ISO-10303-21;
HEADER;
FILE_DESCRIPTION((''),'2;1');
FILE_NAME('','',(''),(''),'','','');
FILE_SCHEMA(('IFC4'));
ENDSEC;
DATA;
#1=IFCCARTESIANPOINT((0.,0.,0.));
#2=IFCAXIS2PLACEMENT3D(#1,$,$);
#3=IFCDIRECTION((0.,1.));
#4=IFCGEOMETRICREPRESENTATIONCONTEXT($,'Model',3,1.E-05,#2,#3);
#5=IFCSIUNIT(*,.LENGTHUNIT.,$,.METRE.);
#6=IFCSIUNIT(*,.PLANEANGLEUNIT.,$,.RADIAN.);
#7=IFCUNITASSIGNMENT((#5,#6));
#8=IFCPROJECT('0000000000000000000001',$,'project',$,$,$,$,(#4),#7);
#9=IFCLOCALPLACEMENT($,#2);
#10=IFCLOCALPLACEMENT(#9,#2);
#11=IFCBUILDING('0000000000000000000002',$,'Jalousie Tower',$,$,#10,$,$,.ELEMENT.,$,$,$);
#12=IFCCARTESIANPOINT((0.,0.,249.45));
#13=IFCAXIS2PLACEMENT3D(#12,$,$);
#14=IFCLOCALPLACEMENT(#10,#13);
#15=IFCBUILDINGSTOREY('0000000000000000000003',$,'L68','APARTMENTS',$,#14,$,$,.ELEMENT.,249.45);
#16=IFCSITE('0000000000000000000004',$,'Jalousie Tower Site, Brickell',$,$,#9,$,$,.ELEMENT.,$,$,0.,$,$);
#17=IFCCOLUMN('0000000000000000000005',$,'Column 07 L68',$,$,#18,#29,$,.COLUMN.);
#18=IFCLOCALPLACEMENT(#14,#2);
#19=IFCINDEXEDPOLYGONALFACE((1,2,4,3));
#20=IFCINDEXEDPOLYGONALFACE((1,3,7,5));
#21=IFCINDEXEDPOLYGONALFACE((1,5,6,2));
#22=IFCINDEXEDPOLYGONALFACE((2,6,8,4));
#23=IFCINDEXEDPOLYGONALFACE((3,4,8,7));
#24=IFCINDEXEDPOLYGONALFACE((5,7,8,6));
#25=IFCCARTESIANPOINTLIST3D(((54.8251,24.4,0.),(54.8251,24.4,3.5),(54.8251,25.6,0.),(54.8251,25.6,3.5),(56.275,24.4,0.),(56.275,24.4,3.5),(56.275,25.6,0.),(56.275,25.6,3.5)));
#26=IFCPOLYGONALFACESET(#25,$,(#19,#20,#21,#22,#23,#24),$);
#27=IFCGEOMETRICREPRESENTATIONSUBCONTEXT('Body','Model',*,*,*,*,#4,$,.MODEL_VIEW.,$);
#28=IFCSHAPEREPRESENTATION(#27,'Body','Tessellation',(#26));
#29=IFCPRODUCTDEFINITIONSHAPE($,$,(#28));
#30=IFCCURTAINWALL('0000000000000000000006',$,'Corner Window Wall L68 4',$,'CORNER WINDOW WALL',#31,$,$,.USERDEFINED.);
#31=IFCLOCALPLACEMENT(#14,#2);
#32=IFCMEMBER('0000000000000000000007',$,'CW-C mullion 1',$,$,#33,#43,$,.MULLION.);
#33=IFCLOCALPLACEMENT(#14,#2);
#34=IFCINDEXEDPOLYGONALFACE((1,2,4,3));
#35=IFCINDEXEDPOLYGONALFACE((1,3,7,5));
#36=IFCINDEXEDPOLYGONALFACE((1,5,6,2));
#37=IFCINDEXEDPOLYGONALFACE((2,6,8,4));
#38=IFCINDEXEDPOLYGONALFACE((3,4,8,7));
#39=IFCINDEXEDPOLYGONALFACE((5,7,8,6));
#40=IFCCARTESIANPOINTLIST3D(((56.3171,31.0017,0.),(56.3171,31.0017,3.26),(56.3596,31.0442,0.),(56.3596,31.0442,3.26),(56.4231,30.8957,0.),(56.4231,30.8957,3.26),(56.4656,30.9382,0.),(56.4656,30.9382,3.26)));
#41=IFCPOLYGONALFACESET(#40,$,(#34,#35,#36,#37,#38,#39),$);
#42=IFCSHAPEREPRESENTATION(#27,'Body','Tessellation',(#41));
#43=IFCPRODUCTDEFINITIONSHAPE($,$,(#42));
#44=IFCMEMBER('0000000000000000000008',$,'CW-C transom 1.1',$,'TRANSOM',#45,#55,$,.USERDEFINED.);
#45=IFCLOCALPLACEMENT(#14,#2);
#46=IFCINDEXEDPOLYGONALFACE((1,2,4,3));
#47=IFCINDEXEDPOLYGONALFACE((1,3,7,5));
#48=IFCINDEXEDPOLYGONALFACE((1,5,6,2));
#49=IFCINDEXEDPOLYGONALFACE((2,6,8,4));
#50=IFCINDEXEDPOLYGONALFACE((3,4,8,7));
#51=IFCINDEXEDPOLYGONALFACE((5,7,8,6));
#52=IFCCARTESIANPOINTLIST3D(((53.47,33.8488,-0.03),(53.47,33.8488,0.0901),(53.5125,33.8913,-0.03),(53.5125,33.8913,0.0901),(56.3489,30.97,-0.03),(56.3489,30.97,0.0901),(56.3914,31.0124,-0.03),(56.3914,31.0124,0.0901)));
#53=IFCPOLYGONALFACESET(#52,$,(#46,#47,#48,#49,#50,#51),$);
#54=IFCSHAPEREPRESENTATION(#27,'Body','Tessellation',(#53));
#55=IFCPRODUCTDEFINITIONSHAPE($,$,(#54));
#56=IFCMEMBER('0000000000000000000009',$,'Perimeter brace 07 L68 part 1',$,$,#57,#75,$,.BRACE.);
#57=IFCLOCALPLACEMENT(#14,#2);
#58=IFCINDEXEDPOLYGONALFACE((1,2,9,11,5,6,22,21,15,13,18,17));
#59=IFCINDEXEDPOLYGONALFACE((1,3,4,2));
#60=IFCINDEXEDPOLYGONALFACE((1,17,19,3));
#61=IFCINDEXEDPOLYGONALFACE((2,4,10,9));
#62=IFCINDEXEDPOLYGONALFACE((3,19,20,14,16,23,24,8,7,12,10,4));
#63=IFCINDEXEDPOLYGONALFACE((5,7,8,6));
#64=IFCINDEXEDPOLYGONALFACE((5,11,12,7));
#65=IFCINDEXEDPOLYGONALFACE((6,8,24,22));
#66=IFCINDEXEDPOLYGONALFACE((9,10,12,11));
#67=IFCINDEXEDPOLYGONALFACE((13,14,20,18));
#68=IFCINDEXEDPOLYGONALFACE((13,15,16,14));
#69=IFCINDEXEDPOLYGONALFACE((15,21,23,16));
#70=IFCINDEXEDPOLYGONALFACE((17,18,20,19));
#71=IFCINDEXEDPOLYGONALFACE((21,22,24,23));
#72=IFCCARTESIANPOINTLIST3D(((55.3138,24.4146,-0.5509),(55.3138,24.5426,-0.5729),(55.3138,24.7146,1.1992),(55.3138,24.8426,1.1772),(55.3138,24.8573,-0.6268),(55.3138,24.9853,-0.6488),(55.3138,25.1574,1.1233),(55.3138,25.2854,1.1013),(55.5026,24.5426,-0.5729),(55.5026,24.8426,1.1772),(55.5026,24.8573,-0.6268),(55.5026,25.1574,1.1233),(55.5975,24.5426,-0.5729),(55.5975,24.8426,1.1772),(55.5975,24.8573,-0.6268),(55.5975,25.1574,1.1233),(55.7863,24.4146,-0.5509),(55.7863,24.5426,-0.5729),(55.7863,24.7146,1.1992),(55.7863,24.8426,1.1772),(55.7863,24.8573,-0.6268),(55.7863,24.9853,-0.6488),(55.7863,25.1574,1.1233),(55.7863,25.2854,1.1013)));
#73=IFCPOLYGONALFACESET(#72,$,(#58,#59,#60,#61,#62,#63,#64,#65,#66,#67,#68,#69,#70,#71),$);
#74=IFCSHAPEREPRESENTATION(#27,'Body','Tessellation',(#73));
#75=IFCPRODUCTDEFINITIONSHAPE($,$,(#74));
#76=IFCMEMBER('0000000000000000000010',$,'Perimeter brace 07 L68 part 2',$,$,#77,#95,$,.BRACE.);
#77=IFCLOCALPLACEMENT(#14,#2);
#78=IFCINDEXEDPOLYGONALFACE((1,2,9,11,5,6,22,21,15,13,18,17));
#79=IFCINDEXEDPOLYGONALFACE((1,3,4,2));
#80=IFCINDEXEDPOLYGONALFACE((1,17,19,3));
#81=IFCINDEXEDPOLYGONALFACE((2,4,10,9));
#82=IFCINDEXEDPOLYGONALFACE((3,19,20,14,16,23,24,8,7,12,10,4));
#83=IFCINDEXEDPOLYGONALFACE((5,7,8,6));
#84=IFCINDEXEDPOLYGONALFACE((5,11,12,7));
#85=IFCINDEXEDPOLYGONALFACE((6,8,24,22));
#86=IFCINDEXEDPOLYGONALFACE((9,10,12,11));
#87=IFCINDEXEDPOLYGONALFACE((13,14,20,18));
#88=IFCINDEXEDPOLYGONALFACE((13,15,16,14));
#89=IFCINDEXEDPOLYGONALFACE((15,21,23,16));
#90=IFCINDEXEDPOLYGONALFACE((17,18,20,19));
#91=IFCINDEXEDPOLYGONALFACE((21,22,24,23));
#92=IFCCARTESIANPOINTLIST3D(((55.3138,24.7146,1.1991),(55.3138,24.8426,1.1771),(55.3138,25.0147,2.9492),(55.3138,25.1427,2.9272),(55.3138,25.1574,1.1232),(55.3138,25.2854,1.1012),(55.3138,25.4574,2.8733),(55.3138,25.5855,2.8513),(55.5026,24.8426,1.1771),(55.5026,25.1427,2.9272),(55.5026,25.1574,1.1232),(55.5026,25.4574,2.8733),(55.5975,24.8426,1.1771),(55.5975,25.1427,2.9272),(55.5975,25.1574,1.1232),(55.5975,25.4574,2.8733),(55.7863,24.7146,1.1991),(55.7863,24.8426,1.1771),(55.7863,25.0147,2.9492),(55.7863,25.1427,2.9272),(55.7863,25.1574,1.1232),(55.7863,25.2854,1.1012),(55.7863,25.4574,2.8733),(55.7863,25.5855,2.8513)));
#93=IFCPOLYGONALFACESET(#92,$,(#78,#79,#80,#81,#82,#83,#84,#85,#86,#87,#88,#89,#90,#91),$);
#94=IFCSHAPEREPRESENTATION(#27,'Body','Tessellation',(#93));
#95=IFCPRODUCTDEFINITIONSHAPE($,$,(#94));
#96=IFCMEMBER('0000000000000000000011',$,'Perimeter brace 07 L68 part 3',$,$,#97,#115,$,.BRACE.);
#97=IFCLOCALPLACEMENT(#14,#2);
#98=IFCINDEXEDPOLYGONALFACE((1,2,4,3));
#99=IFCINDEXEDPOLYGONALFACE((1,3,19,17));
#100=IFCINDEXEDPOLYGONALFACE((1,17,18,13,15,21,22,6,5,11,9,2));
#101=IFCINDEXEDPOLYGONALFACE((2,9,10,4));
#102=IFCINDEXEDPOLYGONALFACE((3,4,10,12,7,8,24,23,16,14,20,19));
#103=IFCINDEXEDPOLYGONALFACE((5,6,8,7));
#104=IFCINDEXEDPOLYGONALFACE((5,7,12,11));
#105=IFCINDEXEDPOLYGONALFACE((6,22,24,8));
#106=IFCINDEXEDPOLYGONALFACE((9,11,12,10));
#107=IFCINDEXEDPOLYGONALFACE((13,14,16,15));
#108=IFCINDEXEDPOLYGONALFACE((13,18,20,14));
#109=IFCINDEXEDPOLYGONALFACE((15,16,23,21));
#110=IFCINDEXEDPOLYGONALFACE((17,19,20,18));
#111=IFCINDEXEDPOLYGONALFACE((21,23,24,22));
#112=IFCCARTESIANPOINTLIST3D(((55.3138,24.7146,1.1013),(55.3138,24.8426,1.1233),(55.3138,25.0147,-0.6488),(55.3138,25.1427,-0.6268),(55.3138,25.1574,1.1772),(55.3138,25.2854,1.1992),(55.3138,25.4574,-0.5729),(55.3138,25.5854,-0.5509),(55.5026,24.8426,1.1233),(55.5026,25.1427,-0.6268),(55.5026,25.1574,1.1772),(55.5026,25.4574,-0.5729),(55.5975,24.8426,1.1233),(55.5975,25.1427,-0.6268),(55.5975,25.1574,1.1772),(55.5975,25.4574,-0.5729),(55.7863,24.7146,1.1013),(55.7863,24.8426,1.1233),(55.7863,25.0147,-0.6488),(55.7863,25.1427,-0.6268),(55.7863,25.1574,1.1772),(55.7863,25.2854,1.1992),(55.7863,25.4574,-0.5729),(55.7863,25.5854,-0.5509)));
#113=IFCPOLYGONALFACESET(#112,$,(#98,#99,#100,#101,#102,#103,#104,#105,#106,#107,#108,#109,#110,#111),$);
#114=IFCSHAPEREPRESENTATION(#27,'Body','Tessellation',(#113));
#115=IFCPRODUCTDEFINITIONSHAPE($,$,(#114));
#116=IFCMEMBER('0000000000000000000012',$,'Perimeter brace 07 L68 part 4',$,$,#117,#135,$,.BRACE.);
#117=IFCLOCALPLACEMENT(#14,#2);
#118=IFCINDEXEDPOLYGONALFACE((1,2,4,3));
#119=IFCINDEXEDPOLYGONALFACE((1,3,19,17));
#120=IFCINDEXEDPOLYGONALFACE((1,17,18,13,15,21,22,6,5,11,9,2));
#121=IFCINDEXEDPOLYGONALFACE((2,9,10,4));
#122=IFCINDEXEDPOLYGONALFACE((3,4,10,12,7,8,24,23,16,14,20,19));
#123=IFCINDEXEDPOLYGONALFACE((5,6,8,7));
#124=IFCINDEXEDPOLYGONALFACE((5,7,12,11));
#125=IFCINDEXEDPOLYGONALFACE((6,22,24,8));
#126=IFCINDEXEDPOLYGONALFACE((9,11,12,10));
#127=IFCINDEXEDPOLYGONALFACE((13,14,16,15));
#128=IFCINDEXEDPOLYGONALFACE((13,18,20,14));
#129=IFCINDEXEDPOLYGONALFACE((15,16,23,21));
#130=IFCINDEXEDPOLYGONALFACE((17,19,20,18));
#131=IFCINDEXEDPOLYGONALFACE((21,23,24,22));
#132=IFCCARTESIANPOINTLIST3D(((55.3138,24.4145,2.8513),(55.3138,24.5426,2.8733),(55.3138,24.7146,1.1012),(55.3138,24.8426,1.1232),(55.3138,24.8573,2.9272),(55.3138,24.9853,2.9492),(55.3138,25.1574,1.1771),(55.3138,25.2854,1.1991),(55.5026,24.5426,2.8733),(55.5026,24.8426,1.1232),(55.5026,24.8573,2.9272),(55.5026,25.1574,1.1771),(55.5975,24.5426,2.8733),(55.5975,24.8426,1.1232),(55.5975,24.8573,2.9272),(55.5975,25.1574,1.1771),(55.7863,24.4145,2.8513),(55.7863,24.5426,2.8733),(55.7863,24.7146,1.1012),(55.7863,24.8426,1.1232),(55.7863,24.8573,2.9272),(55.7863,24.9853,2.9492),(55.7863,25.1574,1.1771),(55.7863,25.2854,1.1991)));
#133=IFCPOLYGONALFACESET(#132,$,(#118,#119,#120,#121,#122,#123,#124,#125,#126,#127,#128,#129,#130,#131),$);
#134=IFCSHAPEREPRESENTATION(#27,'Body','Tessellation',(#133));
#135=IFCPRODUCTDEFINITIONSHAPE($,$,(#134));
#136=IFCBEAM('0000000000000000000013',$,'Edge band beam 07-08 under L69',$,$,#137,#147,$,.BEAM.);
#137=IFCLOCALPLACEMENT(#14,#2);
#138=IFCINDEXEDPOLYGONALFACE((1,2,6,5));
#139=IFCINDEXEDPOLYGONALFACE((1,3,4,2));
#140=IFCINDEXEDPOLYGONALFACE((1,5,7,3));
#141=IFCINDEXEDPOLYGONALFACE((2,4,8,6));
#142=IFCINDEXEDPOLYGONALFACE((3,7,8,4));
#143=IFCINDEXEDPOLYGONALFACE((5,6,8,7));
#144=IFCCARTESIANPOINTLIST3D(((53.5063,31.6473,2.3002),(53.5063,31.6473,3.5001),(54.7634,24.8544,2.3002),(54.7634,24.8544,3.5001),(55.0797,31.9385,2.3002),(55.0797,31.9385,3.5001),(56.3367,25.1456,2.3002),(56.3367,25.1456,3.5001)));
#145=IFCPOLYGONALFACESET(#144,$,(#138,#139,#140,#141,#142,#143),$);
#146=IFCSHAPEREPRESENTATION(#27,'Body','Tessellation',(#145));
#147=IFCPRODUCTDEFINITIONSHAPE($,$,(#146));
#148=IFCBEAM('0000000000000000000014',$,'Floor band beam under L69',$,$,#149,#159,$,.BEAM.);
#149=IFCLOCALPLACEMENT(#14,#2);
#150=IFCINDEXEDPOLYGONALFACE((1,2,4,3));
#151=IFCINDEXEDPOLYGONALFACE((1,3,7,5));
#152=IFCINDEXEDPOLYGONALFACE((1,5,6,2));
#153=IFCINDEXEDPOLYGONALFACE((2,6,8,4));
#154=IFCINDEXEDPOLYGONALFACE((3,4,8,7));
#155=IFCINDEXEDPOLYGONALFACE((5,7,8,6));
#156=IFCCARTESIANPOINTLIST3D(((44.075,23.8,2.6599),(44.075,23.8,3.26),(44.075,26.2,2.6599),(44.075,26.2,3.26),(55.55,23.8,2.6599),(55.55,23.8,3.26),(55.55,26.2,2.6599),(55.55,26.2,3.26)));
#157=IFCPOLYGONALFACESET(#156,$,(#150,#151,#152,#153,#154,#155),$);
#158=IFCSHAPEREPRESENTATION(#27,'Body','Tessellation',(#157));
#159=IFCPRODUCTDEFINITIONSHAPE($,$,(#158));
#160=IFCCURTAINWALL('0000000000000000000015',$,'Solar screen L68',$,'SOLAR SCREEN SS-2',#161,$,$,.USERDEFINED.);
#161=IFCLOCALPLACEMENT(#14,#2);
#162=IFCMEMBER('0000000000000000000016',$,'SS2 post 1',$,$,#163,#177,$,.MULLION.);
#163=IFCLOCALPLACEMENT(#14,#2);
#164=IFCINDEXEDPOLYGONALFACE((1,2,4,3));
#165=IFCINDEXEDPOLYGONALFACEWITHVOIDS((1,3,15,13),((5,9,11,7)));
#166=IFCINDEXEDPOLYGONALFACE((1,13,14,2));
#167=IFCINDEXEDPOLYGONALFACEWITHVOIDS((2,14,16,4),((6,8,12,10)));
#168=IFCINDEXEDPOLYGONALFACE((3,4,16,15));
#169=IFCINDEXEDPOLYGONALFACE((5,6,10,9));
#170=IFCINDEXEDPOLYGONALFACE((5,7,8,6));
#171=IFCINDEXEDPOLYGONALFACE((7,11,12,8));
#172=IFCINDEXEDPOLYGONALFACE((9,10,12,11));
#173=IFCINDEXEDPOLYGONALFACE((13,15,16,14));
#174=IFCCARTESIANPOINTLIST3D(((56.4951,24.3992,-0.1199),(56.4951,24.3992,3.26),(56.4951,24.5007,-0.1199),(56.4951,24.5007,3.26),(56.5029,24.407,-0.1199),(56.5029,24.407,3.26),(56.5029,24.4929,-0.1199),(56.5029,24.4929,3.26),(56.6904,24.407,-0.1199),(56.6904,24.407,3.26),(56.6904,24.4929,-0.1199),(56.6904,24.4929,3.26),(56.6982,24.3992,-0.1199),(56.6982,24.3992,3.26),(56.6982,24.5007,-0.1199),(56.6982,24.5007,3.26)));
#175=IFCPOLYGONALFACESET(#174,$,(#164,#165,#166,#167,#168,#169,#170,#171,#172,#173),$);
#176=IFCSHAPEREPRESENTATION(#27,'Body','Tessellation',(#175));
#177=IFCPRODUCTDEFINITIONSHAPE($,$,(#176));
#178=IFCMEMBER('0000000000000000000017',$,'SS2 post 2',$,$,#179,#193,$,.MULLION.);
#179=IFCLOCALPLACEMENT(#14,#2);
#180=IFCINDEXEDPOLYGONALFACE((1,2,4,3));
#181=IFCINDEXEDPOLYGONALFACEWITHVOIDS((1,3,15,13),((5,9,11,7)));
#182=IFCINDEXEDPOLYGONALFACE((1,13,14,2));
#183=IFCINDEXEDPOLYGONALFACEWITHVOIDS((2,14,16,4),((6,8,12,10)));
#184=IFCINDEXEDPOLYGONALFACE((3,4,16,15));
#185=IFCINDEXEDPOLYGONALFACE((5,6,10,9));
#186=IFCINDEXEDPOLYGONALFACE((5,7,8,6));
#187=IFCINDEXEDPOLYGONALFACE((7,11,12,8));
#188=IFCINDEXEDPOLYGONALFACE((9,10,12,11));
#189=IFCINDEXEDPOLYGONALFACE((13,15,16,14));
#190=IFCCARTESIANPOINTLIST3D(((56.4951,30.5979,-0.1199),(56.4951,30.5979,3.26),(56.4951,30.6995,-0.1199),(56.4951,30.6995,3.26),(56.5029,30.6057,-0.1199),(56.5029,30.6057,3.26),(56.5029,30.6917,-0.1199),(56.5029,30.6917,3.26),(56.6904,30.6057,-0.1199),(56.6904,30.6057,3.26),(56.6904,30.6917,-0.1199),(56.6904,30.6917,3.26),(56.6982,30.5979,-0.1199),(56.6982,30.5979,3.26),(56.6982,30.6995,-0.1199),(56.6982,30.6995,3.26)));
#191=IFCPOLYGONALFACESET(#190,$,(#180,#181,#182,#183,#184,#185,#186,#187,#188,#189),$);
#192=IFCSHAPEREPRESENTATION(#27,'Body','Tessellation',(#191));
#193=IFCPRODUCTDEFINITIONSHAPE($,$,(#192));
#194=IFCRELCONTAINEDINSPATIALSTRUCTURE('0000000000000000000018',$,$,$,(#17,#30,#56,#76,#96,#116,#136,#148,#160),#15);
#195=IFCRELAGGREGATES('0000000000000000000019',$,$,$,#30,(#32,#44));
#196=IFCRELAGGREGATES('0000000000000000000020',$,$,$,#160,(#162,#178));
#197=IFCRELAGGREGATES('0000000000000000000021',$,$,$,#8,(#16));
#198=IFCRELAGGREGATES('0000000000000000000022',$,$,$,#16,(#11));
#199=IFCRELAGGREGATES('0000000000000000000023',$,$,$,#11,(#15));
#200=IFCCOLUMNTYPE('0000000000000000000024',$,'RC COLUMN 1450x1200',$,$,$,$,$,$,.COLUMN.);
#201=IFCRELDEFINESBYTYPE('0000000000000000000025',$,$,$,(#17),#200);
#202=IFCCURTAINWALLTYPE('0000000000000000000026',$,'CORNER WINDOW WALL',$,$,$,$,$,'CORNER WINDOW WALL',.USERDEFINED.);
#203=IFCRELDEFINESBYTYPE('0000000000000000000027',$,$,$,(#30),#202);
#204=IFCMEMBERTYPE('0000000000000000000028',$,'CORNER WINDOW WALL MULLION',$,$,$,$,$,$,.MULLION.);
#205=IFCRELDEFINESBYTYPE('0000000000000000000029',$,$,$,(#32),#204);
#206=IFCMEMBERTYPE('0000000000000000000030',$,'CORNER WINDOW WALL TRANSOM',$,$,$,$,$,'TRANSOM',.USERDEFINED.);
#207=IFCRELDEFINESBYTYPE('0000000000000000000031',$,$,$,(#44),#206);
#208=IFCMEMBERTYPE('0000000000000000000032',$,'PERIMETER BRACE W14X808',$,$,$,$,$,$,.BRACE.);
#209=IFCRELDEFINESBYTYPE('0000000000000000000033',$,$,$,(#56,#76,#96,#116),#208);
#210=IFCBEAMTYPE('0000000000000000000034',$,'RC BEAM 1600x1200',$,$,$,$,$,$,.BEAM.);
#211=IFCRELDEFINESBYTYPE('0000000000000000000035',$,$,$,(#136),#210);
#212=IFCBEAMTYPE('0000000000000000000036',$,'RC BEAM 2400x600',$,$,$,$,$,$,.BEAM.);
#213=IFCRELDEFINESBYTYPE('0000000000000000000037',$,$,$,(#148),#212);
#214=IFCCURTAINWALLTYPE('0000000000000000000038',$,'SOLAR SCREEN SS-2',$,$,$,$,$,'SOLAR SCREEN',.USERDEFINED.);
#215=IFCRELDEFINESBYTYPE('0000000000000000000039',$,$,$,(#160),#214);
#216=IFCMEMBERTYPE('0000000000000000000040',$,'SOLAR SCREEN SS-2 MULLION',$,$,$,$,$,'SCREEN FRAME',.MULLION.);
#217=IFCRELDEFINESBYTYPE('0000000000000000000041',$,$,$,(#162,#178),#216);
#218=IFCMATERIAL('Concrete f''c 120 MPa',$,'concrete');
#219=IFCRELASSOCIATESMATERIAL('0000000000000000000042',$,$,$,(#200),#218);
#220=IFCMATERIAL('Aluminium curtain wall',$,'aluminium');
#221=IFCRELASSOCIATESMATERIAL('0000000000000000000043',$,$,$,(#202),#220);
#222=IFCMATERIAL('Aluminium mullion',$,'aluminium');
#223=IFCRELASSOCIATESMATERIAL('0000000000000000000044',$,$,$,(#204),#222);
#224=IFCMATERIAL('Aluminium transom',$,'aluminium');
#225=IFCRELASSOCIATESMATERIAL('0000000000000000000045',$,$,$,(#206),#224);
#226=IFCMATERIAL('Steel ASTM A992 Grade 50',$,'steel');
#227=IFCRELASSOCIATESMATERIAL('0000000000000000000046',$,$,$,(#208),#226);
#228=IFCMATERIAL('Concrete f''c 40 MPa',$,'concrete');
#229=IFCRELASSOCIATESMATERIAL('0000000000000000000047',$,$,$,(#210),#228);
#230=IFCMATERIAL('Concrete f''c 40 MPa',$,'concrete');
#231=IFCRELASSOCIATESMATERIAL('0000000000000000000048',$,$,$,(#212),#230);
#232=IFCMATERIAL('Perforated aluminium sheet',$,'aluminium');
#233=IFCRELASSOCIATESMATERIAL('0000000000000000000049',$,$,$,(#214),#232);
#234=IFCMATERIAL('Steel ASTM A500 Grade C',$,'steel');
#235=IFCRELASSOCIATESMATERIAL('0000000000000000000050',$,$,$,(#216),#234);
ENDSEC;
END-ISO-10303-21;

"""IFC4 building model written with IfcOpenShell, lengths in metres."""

from ifc_helpers import new_model, si_unit, direction, frame, origin, origin_2d, place, context, subcontext, project, spatial, rectangle, hollow_rectangle, i_section, extrude, material, material_profile, profile_set, type_object, element, aggregate, save


model = new_model("IFC4")

# Units and contexts
model_context = context("Model", 3, precision=1e-05, world=origin(), true_north=direction((0.0, 1.0)))
body_context = subcontext(model_context, "Body", "Model", "MODEL_VIEW")
ifc_project = project(units=[si_unit("LENGTHUNIT", "METRE"), si_unit("PLANEANGLEUNIT", "RADIAN")], contexts=[model_context])

# Site, building, storey
site_placement = place(None, origin())
site = spatial("IfcSite", under=ifc_project, at=site_placement, Name="Jalousie Tower Site, Brickell", CompositionType="ELEMENT", RefElevation=0.0)
building_placement = place(site_placement, origin())
building = spatial("IfcBuilding", under=site, at=building_placement, Name="Jalousie Tower", CompositionType="ELEMENT")
storey_placement = place(building_placement, frame((0.0, 0.0, 249.45)))
storey = spatial("IfcBuildingStorey", under=building, at=storey_placement, Name="L68", Description="APARTMENTS", CompositionType="ELEMENT", Elevation=249.45)

# Column
ifc_material_1 = material(Name="Concrete f'c 120 MPa", Category="concrete")
ifc_material_profile_1 = material_profile(ifc_material_1, rectangle(XDim=1.45, YDim=1.2, at=origin_2d()), Name="RC 1450x1200")
ifc_profile_set_1 = profile_set([ifc_material_profile_1], Name="Concrete f'c 120 MPa")
column_type = type_object("IfcColumnType", Name="RC COLUMN 1450x1200", PredefinedType="COLUMN", material=ifc_profile_set_1)
column_placement = place(storey_placement, frame((55.55, 25.0, 0.0), z_axis=(0.0, 0.0, 1.0), x_axis=(1.0, 0.0, 0.0)))
element("IfcColumn", 1, at=column_placement, inside=storey, type_object=column_type, Name="Column 07 L68", PredefinedType="COLUMN", context=body_context, shape_type="SweptSolid", body=[
    extrude(rectangle(XDim=1.45, YDim=1.2, at=origin_2d()), origin(), (0.0, 0.0, 1.0), 3.5),
])

# Curtain wall, members
ifc_material_2 = material(Name="Aluminium curtain wall", Category="aluminium")
curtain_wall_type_1 = type_object("IfcCurtainWallType", Name="CORNER WINDOW WALL", ElementType="CORNER WINDOW WALL", PredefinedType="USERDEFINED", material=ifc_material_2)
curtain_wall_1_placement = place(storey_placement, origin())
curtain_wall_1 = element("IfcCurtainWall", 2, at=curtain_wall_1_placement, inside=storey, type_object=curtain_wall_type_1, Name="Corner Window Wall L68 4", ObjectType="CORNER WINDOW WALL", PredefinedType="USERDEFINED")
ifc_material_3 = material(Name="Aluminium mullion", Category="aluminium")
ifc_material_profile_2 = material_profile(ifc_material_3, rectangle(XDim=0.0601, YDim=0.1499, at=origin_2d()), Name="MULLION 60x150")
ifc_profile_set_2 = profile_set([ifc_material_profile_2], Name="Aluminium mullion")
member_type_1 = type_object("IfcMemberType", Name="CORNER WINDOW WALL MULLION", PredefinedType="MULLION", material=ifc_profile_set_2)
member_1_placement = place(storey_placement, frame((56.3914, 30.97, 0.0), z_axis=(0.0, 0.0, 1.0), x_axis=(-0.707107, -0.707107, 0.0)))
member_1 = element("IfcMember", 3, at=member_1_placement, type_object=member_type_1, Name="CW-C mullion 1", PredefinedType="MULLION", context=body_context, shape_type="SweptSolid", body=[
    extrude(rectangle(XDim=0.0601, YDim=0.1499, at=origin_2d()), origin(), (0.0, 0.0, 1.0), 3.26),
])
ifc_material_4 = material(Name="Aluminium transom", Category="aluminium")
ifc_material_profile_3 = material_profile(ifc_material_4, rectangle(XDim=0.0601, YDim=0.1201, at=origin_2d()), Name="TRANSOM 60x120")
ifc_profile_set_3 = profile_set([ifc_material_profile_3], Name="Aluminium transom")
member_type_2 = type_object("IfcMemberType", Name="CORNER WINDOW WALL TRANSOM", ElementType="TRANSOM", PredefinedType="USERDEFINED", material=ifc_profile_set_3)
member_2_placement = place(storey_placement, frame((56.3701, 30.9912, 0.03), z_axis=(-0.707107, 0.707107, 0.0), x_axis=(-0.707107, -0.707107, 0.0)))
member_2 = element("IfcMember", 4, at=member_2_placement, type_object=member_type_2, Name="CW-C transom 1.1", ObjectType="TRANSOM", PredefinedType="USERDEFINED", context=body_context, shape_type="SweptSolid", body=[
    extrude(rectangle(XDim=0.0601, YDim=0.1201, at=origin_2d()), origin(), (0.0, 0.0, 1.0), 4.0713),
])
aggregate(curtain_wall_1, [member_1, member_2])

# Members
ifc_material_5 = material(Name="Steel ASTM A992 Grade 50", Category="steel")
ifc_material_profile_4 = material_profile(ifc_material_5, i_section(OverallWidth=0.4724, OverallDepth=0.5791, WebThickness=0.095, FlangeThickness=0.1299, at=origin_2d()), Name="W14X808")
ifc_profile_set_4 = profile_set([ifc_material_profile_4], Name="Steel ASTM A992 Grade 50")
member_type_3 = type_object("IfcMemberType", Name="PERIMETER BRACE W14X808", PredefinedType="BRACE", material=ifc_profile_set_4)
for number, where, z_axis, x_axis, name in (
    (5, (55.55, 24.7, -0.5999), (0.0, 0.168991, 0.985618), (-1.0, 0.0, 0.0), "Perimeter brace 07 L68 part 1"),
    (6, (55.55, 25.0, 1.1501), (0.0, 0.168991, 0.985618), (-1.0, 0.0, 0.0), "Perimeter brace 07 L68 part 2"),
    (7, (55.55, 25.3, -0.5999), (0.0, -0.168991, 0.985618), (1.0, 0.0, 0.0), "Perimeter brace 07 L68 part 3"),
    (8, (55.55, 25.0, 1.1501), (0.0, -0.168991, 0.985618), (1.0, 0.0, 0.0), "Perimeter brace 07 L68 part 4"),
):
    element("IfcMember", number, at=place(storey_placement, frame(where, z_axis=z_axis, x_axis=x_axis)), inside=storey, type_object=member_type_3, Name=name, PredefinedType="BRACE", context=body_context, shape_type="SweptSolid", body=[
        extrude(i_section(OverallWidth=0.4724, OverallDepth=0.5791, WebThickness=0.095, FlangeThickness=0.1299, at=origin_2d()), origin(), (0.0, 0.0, 1.0), 1.7756),
    ])

# Beams
ifc_material_6 = material(Name="Concrete f'c 40 MPa", Category="concrete")
ifc_material_profile_5 = material_profile(ifc_material_6, rectangle(XDim=1.6001, YDim=1.2, at=origin_2d()), Name="RC 1600x1200")
ifc_profile_set_5 = profile_set([ifc_material_profile_5], Name="Concrete f'c 40 MPa")
beam_type_1 = type_object("IfcBeamType", Name="RC BEAM 1600x1200", PredefinedType="BEAM", material=ifc_profile_set_5)
beam_1_placement = place(storey_placement, frame((55.55, 25.0, 2.9001), z_axis=(-0.181967, 0.983305, 0.0), x_axis=(-0.983305, -0.181967, 0.0)))
element("IfcBeam", 9, at=beam_1_placement, inside=storey, type_object=beam_type_1, Name="Edge band beam 07-08 under L69", PredefinedType="BEAM", context=body_context, shape_type="SweptSolid", body=[
    extrude(rectangle(XDim=1.6001, YDim=1.2, at=origin_2d()), origin(), (0.0, 0.0, 1.0), 6.9082),
])
ifc_material_7 = material(Name="Concrete f'c 40 MPa", Category="concrete")
ifc_material_profile_6 = material_profile(ifc_material_7, rectangle(XDim=2.3999, YDim=0.6001, at=origin_2d()), Name="RC 2400x600")
ifc_profile_set_6 = profile_set([ifc_material_profile_6], Name="Concrete f'c 40 MPa")
beam_type_2 = type_object("IfcBeamType", Name="RC BEAM 2400x600", PredefinedType="BEAM", material=ifc_profile_set_6)
beam_2_placement = place(storey_placement, frame((55.55, 25.0, 2.96), z_axis=(-1.0, 0.0, 0.0), x_axis=(0.0, -1.0, 0.0)))
element("IfcBeam", 10, at=beam_2_placement, inside=storey, type_object=beam_type_2, Name="Floor band beam under L69", PredefinedType="BEAM", context=body_context, shape_type="SweptSolid", body=[
    extrude(rectangle(XDim=2.3999, YDim=0.6001, at=origin_2d()), origin(), (0.0, 0.0, 1.0), 11.4751),
])

# Curtain wall, members
ifc_material_8 = material(Name="Perforated aluminium sheet", Category="aluminium")
curtain_wall_type_2 = type_object("IfcCurtainWallType", Name="SOLAR SCREEN SS-2", ElementType="SOLAR SCREEN", PredefinedType="USERDEFINED", material=ifc_material_8)
curtain_wall_2_placement = place(storey_placement, origin())
curtain_wall_2 = element("IfcCurtainWall", 11, at=curtain_wall_2_placement, inside=storey, type_object=curtain_wall_type_2, Name="Solar screen L68", ObjectType="SOLAR SCREEN SS-2", PredefinedType="USERDEFINED")
ifc_material_9 = material(Name="Steel ASTM A500 Grade C", Category="steel")
ifc_material_profile_7 = material_profile(ifc_material_9, hollow_rectangle(XDim=0.1016, YDim=0.2031, WallThickness=0.0078, at=origin_2d()), Name="HSS8X4X5/16")
ifc_profile_set_7 = profile_set([ifc_material_profile_7], Name="Steel ASTM A500 Grade C")
member_type_4 = type_object("IfcMemberType", Name="SOLAR SCREEN SS-2 MULLION", ElementType="SCREEN FRAME", PredefinedType="MULLION", material=ifc_profile_set_7)
member_3_placement = place(storey_placement, frame((56.5967, 24.45, -0.1199), z_axis=(0.0, 0.0, 1.0), x_axis=(0.0, 1.0, 0.0)))
member_3 = element("IfcMember", 12, at=member_3_placement, type_object=member_type_4, Name="SS2 post 1", PredefinedType="MULLION", context=body_context, shape_type="SweptSolid", body=[
    extrude(hollow_rectangle(XDim=0.1016, YDim=0.2031, WallThickness=0.0078, at=origin_2d()), origin(), (0.0, 0.0, 1.0), 3.3799),
])
member_4_placement = place(storey_placement, frame((56.5967, 30.6487, -0.1199), z_axis=(0.0, 0.0, 1.0), x_axis=(0.0, 1.0, 0.0)))
member_4 = element("IfcMember", 13, at=member_4_placement, type_object=member_type_4, Name="SS2 post 2", PredefinedType="MULLION", context=body_context, shape_type="SweptSolid", body=[
    extrude(hollow_rectangle(XDim=0.1016, YDim=0.2031, WallThickness=0.0078, at=origin_2d()), origin(), (0.0, 0.0, 1.0), 3.3799),
])
aggregate(curtain_wall_2, [member_3, member_4])

save(model, "model.ifc")
